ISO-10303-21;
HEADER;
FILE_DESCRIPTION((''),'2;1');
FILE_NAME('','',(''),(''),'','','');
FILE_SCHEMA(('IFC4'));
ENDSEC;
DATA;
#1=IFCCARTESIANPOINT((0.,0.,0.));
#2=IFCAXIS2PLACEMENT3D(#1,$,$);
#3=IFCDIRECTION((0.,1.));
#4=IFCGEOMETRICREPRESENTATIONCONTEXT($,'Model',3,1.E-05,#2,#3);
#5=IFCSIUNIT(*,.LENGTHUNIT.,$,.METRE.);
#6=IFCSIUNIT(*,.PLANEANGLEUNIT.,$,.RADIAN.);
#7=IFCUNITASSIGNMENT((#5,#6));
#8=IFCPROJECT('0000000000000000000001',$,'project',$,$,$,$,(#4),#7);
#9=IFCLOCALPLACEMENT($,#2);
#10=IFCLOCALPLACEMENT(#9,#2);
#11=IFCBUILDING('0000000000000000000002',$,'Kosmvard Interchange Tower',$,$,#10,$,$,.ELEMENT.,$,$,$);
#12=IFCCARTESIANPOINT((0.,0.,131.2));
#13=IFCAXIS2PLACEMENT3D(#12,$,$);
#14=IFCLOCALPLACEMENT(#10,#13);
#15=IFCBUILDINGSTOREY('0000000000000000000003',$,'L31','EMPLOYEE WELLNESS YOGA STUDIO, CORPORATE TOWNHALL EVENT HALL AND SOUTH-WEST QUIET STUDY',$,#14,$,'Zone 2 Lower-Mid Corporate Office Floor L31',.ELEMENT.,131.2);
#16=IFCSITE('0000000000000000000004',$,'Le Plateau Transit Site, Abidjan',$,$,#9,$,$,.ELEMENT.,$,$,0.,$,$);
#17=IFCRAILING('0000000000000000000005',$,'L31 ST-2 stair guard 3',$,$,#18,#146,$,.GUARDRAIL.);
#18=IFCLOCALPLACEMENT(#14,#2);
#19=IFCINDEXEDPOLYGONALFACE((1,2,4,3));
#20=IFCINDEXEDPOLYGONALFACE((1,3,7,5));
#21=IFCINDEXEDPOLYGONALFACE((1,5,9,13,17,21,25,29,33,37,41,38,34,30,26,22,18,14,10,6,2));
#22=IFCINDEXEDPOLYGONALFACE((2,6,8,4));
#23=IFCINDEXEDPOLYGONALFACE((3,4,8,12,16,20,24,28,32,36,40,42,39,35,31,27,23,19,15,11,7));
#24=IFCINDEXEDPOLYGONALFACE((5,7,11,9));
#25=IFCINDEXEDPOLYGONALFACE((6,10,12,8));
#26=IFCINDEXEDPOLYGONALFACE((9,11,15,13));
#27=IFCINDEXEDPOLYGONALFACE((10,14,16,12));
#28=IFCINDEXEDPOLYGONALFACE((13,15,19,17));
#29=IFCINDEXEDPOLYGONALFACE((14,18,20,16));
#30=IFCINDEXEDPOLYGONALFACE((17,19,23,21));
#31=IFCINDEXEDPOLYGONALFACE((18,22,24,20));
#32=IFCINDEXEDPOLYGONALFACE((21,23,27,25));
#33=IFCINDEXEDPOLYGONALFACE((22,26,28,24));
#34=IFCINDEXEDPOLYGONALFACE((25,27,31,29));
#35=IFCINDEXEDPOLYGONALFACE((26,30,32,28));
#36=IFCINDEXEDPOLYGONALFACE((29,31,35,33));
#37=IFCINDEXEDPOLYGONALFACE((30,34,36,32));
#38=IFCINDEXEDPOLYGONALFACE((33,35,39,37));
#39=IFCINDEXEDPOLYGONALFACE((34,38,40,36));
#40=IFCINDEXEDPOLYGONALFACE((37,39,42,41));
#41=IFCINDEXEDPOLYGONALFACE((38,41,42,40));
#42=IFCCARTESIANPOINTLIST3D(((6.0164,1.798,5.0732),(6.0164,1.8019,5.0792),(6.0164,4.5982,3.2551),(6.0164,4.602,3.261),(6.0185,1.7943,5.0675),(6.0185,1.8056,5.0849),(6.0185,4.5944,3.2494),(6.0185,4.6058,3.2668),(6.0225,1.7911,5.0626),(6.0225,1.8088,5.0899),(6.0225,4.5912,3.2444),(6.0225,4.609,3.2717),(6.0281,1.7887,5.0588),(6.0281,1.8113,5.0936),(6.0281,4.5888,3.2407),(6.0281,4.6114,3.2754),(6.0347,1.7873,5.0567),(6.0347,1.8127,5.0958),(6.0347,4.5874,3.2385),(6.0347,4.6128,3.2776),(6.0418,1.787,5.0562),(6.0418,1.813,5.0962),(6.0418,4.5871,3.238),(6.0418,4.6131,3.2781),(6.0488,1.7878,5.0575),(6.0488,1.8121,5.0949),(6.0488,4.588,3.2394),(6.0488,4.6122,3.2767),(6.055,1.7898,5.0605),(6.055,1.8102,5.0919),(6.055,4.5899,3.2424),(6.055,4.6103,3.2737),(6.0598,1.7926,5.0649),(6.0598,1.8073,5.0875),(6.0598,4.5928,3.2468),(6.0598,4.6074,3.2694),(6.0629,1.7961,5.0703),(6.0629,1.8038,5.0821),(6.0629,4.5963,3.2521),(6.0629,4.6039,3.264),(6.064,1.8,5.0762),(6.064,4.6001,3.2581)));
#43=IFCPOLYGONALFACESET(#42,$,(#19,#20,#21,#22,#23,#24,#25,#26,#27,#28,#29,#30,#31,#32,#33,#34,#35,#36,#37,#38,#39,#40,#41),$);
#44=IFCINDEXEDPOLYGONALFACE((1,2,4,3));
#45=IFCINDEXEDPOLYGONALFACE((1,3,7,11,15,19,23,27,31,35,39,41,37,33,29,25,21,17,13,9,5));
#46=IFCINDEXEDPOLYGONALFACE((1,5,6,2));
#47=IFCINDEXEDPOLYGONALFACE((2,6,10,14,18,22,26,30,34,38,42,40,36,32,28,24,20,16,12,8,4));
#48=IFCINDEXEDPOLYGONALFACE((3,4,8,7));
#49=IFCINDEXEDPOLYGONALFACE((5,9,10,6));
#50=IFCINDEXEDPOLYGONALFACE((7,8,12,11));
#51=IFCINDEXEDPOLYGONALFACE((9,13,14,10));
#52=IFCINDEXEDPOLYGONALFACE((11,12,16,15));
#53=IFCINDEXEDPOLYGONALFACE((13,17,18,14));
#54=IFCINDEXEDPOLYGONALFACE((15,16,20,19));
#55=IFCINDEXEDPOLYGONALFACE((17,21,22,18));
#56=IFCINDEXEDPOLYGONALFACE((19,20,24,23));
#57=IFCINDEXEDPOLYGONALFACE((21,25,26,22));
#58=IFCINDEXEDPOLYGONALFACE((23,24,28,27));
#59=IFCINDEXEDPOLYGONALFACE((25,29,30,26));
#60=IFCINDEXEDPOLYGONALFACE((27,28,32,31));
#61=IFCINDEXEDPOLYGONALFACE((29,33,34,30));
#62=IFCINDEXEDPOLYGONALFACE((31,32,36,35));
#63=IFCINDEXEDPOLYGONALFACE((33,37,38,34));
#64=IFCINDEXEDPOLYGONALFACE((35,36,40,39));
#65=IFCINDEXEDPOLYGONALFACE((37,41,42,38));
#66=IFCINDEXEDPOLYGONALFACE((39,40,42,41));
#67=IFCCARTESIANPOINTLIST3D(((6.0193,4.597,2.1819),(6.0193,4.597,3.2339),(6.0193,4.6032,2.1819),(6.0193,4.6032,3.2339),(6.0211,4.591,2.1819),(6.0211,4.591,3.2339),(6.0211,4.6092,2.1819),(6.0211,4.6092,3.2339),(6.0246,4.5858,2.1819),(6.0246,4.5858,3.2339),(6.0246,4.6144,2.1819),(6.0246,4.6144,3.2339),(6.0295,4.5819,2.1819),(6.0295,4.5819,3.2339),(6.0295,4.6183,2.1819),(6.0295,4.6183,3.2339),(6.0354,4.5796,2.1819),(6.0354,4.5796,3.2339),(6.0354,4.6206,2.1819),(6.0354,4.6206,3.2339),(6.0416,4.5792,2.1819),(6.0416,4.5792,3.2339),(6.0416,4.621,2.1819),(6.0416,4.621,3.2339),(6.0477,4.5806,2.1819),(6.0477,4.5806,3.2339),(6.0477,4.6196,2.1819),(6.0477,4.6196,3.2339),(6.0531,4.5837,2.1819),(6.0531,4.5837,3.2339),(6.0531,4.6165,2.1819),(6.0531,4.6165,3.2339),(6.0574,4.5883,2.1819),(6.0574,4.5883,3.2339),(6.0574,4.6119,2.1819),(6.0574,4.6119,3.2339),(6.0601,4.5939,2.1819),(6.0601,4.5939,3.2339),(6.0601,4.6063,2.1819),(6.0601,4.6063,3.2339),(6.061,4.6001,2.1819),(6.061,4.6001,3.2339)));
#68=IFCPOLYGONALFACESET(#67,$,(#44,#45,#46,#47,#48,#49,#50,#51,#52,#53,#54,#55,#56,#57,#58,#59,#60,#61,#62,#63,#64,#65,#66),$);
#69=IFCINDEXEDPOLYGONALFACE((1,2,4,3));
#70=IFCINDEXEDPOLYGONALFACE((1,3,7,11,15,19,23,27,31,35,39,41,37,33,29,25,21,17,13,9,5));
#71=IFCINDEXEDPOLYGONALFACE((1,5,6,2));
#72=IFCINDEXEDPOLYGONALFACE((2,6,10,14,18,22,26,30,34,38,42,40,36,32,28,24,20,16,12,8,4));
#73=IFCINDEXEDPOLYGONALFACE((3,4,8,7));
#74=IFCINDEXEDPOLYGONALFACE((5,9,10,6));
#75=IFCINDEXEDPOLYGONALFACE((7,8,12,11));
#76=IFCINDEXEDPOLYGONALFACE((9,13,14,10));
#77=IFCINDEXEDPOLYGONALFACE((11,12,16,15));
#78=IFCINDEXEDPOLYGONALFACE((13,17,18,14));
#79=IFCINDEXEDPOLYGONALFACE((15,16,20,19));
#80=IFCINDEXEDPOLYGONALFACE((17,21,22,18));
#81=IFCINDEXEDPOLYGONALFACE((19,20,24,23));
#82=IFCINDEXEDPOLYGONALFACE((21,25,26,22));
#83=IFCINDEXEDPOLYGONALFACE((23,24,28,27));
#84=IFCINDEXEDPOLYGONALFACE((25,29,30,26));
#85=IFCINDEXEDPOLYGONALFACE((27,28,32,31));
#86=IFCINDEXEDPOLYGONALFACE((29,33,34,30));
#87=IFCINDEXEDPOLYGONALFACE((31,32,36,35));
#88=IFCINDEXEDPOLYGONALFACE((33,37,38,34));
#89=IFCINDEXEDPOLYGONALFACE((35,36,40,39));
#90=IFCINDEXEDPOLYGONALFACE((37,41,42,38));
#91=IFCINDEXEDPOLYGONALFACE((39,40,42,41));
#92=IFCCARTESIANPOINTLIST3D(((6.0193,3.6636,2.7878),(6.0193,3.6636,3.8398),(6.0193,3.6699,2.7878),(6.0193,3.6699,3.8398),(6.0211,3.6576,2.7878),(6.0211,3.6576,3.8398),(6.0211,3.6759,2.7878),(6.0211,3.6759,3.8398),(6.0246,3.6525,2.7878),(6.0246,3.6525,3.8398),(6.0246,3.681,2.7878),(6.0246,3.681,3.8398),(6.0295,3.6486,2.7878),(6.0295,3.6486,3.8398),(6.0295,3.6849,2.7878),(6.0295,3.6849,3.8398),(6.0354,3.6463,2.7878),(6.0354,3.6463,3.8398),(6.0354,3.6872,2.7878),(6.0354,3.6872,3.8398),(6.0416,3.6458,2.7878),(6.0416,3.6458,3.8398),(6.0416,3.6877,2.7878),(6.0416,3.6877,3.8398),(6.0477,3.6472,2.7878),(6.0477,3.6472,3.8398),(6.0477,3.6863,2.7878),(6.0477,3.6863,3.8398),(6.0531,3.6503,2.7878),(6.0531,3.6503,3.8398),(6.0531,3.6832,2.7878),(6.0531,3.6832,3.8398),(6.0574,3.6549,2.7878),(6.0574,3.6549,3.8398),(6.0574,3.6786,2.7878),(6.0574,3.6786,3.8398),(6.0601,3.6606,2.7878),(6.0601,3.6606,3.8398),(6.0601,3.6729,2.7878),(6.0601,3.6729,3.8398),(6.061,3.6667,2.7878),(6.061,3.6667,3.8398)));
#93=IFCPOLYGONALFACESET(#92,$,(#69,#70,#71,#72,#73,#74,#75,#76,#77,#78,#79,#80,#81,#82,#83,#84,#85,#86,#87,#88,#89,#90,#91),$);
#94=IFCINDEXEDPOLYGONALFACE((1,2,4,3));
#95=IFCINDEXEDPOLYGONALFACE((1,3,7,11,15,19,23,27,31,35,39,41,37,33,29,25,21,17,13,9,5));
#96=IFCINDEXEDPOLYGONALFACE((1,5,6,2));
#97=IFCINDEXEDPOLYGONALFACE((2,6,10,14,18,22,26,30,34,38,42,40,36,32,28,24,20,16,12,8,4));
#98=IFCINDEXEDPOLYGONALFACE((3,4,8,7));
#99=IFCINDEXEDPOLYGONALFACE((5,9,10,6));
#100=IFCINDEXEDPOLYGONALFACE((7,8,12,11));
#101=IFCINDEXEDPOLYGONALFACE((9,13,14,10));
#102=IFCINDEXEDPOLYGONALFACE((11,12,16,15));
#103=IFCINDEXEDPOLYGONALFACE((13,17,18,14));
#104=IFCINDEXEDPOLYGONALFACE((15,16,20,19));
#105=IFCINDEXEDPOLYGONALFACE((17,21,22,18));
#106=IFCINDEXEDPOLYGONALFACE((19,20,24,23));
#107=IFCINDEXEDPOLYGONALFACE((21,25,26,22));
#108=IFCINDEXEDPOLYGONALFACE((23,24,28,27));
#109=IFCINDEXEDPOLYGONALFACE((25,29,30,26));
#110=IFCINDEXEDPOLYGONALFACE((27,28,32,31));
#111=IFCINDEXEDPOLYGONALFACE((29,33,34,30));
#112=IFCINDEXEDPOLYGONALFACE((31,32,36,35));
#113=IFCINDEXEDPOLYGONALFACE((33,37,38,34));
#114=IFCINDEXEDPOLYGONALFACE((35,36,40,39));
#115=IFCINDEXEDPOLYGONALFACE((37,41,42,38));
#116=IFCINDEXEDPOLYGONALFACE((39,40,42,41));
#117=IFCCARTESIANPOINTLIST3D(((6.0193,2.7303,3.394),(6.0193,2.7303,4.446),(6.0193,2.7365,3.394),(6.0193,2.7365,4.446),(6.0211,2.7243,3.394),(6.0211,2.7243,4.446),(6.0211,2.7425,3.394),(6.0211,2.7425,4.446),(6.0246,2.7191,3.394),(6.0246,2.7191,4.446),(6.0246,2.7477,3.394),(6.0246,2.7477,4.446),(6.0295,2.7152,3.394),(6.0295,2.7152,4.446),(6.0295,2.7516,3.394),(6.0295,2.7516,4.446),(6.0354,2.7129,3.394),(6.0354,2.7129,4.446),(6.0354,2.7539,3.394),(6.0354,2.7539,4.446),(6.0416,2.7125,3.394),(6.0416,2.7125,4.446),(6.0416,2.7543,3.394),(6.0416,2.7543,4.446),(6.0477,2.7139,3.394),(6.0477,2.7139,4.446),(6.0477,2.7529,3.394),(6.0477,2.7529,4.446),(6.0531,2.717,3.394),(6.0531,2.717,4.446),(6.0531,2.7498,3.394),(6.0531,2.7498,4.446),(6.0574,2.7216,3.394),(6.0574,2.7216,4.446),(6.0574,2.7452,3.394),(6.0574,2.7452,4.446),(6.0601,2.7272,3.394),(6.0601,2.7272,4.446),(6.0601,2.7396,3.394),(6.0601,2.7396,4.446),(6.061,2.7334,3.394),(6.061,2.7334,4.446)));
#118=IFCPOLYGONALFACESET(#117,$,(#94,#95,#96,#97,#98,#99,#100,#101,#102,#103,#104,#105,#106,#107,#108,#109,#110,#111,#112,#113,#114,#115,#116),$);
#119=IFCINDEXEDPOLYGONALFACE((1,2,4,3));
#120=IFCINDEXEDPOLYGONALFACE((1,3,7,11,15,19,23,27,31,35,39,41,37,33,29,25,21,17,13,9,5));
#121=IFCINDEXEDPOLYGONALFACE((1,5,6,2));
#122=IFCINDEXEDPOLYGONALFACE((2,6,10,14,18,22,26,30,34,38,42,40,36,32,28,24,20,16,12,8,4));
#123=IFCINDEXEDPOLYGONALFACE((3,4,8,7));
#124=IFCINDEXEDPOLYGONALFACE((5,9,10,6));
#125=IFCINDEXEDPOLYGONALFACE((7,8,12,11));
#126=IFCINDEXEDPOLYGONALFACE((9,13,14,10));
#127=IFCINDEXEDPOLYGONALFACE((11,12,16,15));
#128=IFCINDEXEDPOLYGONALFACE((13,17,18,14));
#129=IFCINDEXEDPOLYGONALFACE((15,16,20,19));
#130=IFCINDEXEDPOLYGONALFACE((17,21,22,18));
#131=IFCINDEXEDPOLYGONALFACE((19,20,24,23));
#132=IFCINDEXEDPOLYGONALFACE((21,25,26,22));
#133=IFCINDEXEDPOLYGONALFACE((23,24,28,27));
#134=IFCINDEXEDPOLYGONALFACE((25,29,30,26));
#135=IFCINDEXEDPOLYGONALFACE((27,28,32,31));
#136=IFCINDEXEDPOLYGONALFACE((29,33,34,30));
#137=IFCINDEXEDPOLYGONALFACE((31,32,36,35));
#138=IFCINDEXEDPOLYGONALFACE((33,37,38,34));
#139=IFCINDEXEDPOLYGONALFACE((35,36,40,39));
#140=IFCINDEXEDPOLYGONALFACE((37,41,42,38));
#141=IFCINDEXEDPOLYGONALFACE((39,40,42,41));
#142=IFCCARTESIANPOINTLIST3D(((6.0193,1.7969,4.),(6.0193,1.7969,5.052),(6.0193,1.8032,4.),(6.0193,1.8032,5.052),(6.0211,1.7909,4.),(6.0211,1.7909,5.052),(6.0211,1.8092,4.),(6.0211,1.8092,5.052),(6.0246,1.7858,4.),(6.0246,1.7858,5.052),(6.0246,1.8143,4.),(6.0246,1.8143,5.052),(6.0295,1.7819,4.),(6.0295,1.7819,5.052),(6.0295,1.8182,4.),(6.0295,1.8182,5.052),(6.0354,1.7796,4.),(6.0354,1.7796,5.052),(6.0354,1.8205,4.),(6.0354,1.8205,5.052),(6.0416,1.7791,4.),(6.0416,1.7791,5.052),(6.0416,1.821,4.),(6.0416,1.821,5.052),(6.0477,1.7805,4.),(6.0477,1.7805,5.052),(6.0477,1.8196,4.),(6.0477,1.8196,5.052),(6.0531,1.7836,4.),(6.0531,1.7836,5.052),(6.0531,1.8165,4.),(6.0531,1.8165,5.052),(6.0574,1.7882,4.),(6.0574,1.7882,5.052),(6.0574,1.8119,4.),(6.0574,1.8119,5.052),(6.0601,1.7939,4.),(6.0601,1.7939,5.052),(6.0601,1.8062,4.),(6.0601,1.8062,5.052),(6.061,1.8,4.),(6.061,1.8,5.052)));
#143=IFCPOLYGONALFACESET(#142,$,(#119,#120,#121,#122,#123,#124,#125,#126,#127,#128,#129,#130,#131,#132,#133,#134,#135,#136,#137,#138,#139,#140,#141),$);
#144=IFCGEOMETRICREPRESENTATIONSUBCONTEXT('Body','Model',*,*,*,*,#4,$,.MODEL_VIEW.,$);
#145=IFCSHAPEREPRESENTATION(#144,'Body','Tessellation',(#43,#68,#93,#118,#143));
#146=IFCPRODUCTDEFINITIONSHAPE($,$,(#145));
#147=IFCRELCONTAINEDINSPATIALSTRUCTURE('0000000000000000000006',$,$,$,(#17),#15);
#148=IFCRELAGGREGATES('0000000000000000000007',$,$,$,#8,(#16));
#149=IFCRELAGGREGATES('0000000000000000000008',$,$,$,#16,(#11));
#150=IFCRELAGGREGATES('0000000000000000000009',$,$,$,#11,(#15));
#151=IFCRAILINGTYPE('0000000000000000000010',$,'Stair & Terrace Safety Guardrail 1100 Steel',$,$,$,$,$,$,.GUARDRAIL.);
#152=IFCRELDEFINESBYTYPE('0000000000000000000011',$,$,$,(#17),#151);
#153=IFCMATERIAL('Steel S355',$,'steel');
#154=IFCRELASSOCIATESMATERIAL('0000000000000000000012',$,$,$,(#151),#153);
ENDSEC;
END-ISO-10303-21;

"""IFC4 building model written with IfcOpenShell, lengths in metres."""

from ifc_helpers import new_model, si_unit, direction, frame, origin, origin_2d, place, context, subcontext, project, spatial, circle, extrude, source, transform, mapped, material, type_object, element, save


model = new_model("IFC4")

# Units and contexts
model_context = context("Model", 3, precision=1e-05, world=origin(), true_north=direction((0.0, 1.0)))
body_context = subcontext(model_context, "Body", "Model", "MODEL_VIEW")
ifc_project = project(units=[si_unit("LENGTHUNIT", "METRE"), si_unit("PLANEANGLEUNIT", "RADIAN")], contexts=[model_context])

# Site, building, storey
site_placement = place(None, origin())
site = spatial("IfcSite", under=ifc_project, at=site_placement, Name="Le Plateau Transit Site, Abidjan", CompositionType="ELEMENT", RefElevation=0.0)
building_placement = place(site_placement, origin())
building = spatial("IfcBuilding", under=site, at=building_placement, Name="Kosmvard Interchange Tower", CompositionType="ELEMENT")
storey_placement = place(building_placement, frame((0.0, 0.0, 131.2)))
storey = spatial("IfcBuildingStorey", under=building, at=storey_placement, Name="L31", Description="EMPLOYEE WELLNESS YOGA STUDIO, CORPORATE TOWNHALL EVENT HALL AND SOUTH-WEST QUIET STUDY", LongName="Zone 2 Lower-Mid Corporate Office Floor L31", CompositionType="ELEMENT", Elevation=131.2)

# Shared definitions
ifc_material_1 = material(Name="Steel S355", Category="steel")

# Railing
railing_type_1 = type_object("IfcRailingType", Name="Stair & Terrace Safety Guardrail 1100 Steel", PredefinedType="GUARDRAIL", material=ifc_material_1)
shared_shape_1 = source(origin(), body_context, "Body", "SweptSolid", [
    extrude(circle(Radius=0.0239, at=origin_2d()), frame((0.0, 0.0, 1.0762), z_axis=(0.0, -0.838706, 0.544585), x_axis=(1.0, 0.0, 0.0)), (0.0, 0.0, 1.0), 3.3386),
    extrude(circle(Radius=0.021, at=origin_2d()), origin(), (0.0, 0.0, 1.0), 1.052),
    extrude(circle(Radius=0.021, at=origin_2d()), frame((0.0, -0.9333, 0.606)), (0.0, 0.0, 1.0), 1.052),
    extrude(circle(Radius=0.021, at=origin_2d()), frame((0.0, -1.8667, 1.2122)), (0.0, 0.0, 1.0), 1.052),
    extrude(circle(Radius=0.021, at=origin_2d()), frame((0.0, -2.8, 1.8181)), (0.0, 0.0, 1.0), 1.052),
])
railing_1_placement = place(storey_placement, frame((6.04, 4.6001, 2.1819)))
element("IfcRailing", 1, at=railing_1_placement, inside=storey, type_object=railing_type_1, Name="L31 ST-2 stair guard 3", PredefinedType="GUARDRAIL", context=body_context, shape_type="MappedRepresentation", body=[
    mapped(shared_shape_1, transform((0.0, 0.0, 0.0), scale=1.0)),
])

save(model, "model.ifc")
